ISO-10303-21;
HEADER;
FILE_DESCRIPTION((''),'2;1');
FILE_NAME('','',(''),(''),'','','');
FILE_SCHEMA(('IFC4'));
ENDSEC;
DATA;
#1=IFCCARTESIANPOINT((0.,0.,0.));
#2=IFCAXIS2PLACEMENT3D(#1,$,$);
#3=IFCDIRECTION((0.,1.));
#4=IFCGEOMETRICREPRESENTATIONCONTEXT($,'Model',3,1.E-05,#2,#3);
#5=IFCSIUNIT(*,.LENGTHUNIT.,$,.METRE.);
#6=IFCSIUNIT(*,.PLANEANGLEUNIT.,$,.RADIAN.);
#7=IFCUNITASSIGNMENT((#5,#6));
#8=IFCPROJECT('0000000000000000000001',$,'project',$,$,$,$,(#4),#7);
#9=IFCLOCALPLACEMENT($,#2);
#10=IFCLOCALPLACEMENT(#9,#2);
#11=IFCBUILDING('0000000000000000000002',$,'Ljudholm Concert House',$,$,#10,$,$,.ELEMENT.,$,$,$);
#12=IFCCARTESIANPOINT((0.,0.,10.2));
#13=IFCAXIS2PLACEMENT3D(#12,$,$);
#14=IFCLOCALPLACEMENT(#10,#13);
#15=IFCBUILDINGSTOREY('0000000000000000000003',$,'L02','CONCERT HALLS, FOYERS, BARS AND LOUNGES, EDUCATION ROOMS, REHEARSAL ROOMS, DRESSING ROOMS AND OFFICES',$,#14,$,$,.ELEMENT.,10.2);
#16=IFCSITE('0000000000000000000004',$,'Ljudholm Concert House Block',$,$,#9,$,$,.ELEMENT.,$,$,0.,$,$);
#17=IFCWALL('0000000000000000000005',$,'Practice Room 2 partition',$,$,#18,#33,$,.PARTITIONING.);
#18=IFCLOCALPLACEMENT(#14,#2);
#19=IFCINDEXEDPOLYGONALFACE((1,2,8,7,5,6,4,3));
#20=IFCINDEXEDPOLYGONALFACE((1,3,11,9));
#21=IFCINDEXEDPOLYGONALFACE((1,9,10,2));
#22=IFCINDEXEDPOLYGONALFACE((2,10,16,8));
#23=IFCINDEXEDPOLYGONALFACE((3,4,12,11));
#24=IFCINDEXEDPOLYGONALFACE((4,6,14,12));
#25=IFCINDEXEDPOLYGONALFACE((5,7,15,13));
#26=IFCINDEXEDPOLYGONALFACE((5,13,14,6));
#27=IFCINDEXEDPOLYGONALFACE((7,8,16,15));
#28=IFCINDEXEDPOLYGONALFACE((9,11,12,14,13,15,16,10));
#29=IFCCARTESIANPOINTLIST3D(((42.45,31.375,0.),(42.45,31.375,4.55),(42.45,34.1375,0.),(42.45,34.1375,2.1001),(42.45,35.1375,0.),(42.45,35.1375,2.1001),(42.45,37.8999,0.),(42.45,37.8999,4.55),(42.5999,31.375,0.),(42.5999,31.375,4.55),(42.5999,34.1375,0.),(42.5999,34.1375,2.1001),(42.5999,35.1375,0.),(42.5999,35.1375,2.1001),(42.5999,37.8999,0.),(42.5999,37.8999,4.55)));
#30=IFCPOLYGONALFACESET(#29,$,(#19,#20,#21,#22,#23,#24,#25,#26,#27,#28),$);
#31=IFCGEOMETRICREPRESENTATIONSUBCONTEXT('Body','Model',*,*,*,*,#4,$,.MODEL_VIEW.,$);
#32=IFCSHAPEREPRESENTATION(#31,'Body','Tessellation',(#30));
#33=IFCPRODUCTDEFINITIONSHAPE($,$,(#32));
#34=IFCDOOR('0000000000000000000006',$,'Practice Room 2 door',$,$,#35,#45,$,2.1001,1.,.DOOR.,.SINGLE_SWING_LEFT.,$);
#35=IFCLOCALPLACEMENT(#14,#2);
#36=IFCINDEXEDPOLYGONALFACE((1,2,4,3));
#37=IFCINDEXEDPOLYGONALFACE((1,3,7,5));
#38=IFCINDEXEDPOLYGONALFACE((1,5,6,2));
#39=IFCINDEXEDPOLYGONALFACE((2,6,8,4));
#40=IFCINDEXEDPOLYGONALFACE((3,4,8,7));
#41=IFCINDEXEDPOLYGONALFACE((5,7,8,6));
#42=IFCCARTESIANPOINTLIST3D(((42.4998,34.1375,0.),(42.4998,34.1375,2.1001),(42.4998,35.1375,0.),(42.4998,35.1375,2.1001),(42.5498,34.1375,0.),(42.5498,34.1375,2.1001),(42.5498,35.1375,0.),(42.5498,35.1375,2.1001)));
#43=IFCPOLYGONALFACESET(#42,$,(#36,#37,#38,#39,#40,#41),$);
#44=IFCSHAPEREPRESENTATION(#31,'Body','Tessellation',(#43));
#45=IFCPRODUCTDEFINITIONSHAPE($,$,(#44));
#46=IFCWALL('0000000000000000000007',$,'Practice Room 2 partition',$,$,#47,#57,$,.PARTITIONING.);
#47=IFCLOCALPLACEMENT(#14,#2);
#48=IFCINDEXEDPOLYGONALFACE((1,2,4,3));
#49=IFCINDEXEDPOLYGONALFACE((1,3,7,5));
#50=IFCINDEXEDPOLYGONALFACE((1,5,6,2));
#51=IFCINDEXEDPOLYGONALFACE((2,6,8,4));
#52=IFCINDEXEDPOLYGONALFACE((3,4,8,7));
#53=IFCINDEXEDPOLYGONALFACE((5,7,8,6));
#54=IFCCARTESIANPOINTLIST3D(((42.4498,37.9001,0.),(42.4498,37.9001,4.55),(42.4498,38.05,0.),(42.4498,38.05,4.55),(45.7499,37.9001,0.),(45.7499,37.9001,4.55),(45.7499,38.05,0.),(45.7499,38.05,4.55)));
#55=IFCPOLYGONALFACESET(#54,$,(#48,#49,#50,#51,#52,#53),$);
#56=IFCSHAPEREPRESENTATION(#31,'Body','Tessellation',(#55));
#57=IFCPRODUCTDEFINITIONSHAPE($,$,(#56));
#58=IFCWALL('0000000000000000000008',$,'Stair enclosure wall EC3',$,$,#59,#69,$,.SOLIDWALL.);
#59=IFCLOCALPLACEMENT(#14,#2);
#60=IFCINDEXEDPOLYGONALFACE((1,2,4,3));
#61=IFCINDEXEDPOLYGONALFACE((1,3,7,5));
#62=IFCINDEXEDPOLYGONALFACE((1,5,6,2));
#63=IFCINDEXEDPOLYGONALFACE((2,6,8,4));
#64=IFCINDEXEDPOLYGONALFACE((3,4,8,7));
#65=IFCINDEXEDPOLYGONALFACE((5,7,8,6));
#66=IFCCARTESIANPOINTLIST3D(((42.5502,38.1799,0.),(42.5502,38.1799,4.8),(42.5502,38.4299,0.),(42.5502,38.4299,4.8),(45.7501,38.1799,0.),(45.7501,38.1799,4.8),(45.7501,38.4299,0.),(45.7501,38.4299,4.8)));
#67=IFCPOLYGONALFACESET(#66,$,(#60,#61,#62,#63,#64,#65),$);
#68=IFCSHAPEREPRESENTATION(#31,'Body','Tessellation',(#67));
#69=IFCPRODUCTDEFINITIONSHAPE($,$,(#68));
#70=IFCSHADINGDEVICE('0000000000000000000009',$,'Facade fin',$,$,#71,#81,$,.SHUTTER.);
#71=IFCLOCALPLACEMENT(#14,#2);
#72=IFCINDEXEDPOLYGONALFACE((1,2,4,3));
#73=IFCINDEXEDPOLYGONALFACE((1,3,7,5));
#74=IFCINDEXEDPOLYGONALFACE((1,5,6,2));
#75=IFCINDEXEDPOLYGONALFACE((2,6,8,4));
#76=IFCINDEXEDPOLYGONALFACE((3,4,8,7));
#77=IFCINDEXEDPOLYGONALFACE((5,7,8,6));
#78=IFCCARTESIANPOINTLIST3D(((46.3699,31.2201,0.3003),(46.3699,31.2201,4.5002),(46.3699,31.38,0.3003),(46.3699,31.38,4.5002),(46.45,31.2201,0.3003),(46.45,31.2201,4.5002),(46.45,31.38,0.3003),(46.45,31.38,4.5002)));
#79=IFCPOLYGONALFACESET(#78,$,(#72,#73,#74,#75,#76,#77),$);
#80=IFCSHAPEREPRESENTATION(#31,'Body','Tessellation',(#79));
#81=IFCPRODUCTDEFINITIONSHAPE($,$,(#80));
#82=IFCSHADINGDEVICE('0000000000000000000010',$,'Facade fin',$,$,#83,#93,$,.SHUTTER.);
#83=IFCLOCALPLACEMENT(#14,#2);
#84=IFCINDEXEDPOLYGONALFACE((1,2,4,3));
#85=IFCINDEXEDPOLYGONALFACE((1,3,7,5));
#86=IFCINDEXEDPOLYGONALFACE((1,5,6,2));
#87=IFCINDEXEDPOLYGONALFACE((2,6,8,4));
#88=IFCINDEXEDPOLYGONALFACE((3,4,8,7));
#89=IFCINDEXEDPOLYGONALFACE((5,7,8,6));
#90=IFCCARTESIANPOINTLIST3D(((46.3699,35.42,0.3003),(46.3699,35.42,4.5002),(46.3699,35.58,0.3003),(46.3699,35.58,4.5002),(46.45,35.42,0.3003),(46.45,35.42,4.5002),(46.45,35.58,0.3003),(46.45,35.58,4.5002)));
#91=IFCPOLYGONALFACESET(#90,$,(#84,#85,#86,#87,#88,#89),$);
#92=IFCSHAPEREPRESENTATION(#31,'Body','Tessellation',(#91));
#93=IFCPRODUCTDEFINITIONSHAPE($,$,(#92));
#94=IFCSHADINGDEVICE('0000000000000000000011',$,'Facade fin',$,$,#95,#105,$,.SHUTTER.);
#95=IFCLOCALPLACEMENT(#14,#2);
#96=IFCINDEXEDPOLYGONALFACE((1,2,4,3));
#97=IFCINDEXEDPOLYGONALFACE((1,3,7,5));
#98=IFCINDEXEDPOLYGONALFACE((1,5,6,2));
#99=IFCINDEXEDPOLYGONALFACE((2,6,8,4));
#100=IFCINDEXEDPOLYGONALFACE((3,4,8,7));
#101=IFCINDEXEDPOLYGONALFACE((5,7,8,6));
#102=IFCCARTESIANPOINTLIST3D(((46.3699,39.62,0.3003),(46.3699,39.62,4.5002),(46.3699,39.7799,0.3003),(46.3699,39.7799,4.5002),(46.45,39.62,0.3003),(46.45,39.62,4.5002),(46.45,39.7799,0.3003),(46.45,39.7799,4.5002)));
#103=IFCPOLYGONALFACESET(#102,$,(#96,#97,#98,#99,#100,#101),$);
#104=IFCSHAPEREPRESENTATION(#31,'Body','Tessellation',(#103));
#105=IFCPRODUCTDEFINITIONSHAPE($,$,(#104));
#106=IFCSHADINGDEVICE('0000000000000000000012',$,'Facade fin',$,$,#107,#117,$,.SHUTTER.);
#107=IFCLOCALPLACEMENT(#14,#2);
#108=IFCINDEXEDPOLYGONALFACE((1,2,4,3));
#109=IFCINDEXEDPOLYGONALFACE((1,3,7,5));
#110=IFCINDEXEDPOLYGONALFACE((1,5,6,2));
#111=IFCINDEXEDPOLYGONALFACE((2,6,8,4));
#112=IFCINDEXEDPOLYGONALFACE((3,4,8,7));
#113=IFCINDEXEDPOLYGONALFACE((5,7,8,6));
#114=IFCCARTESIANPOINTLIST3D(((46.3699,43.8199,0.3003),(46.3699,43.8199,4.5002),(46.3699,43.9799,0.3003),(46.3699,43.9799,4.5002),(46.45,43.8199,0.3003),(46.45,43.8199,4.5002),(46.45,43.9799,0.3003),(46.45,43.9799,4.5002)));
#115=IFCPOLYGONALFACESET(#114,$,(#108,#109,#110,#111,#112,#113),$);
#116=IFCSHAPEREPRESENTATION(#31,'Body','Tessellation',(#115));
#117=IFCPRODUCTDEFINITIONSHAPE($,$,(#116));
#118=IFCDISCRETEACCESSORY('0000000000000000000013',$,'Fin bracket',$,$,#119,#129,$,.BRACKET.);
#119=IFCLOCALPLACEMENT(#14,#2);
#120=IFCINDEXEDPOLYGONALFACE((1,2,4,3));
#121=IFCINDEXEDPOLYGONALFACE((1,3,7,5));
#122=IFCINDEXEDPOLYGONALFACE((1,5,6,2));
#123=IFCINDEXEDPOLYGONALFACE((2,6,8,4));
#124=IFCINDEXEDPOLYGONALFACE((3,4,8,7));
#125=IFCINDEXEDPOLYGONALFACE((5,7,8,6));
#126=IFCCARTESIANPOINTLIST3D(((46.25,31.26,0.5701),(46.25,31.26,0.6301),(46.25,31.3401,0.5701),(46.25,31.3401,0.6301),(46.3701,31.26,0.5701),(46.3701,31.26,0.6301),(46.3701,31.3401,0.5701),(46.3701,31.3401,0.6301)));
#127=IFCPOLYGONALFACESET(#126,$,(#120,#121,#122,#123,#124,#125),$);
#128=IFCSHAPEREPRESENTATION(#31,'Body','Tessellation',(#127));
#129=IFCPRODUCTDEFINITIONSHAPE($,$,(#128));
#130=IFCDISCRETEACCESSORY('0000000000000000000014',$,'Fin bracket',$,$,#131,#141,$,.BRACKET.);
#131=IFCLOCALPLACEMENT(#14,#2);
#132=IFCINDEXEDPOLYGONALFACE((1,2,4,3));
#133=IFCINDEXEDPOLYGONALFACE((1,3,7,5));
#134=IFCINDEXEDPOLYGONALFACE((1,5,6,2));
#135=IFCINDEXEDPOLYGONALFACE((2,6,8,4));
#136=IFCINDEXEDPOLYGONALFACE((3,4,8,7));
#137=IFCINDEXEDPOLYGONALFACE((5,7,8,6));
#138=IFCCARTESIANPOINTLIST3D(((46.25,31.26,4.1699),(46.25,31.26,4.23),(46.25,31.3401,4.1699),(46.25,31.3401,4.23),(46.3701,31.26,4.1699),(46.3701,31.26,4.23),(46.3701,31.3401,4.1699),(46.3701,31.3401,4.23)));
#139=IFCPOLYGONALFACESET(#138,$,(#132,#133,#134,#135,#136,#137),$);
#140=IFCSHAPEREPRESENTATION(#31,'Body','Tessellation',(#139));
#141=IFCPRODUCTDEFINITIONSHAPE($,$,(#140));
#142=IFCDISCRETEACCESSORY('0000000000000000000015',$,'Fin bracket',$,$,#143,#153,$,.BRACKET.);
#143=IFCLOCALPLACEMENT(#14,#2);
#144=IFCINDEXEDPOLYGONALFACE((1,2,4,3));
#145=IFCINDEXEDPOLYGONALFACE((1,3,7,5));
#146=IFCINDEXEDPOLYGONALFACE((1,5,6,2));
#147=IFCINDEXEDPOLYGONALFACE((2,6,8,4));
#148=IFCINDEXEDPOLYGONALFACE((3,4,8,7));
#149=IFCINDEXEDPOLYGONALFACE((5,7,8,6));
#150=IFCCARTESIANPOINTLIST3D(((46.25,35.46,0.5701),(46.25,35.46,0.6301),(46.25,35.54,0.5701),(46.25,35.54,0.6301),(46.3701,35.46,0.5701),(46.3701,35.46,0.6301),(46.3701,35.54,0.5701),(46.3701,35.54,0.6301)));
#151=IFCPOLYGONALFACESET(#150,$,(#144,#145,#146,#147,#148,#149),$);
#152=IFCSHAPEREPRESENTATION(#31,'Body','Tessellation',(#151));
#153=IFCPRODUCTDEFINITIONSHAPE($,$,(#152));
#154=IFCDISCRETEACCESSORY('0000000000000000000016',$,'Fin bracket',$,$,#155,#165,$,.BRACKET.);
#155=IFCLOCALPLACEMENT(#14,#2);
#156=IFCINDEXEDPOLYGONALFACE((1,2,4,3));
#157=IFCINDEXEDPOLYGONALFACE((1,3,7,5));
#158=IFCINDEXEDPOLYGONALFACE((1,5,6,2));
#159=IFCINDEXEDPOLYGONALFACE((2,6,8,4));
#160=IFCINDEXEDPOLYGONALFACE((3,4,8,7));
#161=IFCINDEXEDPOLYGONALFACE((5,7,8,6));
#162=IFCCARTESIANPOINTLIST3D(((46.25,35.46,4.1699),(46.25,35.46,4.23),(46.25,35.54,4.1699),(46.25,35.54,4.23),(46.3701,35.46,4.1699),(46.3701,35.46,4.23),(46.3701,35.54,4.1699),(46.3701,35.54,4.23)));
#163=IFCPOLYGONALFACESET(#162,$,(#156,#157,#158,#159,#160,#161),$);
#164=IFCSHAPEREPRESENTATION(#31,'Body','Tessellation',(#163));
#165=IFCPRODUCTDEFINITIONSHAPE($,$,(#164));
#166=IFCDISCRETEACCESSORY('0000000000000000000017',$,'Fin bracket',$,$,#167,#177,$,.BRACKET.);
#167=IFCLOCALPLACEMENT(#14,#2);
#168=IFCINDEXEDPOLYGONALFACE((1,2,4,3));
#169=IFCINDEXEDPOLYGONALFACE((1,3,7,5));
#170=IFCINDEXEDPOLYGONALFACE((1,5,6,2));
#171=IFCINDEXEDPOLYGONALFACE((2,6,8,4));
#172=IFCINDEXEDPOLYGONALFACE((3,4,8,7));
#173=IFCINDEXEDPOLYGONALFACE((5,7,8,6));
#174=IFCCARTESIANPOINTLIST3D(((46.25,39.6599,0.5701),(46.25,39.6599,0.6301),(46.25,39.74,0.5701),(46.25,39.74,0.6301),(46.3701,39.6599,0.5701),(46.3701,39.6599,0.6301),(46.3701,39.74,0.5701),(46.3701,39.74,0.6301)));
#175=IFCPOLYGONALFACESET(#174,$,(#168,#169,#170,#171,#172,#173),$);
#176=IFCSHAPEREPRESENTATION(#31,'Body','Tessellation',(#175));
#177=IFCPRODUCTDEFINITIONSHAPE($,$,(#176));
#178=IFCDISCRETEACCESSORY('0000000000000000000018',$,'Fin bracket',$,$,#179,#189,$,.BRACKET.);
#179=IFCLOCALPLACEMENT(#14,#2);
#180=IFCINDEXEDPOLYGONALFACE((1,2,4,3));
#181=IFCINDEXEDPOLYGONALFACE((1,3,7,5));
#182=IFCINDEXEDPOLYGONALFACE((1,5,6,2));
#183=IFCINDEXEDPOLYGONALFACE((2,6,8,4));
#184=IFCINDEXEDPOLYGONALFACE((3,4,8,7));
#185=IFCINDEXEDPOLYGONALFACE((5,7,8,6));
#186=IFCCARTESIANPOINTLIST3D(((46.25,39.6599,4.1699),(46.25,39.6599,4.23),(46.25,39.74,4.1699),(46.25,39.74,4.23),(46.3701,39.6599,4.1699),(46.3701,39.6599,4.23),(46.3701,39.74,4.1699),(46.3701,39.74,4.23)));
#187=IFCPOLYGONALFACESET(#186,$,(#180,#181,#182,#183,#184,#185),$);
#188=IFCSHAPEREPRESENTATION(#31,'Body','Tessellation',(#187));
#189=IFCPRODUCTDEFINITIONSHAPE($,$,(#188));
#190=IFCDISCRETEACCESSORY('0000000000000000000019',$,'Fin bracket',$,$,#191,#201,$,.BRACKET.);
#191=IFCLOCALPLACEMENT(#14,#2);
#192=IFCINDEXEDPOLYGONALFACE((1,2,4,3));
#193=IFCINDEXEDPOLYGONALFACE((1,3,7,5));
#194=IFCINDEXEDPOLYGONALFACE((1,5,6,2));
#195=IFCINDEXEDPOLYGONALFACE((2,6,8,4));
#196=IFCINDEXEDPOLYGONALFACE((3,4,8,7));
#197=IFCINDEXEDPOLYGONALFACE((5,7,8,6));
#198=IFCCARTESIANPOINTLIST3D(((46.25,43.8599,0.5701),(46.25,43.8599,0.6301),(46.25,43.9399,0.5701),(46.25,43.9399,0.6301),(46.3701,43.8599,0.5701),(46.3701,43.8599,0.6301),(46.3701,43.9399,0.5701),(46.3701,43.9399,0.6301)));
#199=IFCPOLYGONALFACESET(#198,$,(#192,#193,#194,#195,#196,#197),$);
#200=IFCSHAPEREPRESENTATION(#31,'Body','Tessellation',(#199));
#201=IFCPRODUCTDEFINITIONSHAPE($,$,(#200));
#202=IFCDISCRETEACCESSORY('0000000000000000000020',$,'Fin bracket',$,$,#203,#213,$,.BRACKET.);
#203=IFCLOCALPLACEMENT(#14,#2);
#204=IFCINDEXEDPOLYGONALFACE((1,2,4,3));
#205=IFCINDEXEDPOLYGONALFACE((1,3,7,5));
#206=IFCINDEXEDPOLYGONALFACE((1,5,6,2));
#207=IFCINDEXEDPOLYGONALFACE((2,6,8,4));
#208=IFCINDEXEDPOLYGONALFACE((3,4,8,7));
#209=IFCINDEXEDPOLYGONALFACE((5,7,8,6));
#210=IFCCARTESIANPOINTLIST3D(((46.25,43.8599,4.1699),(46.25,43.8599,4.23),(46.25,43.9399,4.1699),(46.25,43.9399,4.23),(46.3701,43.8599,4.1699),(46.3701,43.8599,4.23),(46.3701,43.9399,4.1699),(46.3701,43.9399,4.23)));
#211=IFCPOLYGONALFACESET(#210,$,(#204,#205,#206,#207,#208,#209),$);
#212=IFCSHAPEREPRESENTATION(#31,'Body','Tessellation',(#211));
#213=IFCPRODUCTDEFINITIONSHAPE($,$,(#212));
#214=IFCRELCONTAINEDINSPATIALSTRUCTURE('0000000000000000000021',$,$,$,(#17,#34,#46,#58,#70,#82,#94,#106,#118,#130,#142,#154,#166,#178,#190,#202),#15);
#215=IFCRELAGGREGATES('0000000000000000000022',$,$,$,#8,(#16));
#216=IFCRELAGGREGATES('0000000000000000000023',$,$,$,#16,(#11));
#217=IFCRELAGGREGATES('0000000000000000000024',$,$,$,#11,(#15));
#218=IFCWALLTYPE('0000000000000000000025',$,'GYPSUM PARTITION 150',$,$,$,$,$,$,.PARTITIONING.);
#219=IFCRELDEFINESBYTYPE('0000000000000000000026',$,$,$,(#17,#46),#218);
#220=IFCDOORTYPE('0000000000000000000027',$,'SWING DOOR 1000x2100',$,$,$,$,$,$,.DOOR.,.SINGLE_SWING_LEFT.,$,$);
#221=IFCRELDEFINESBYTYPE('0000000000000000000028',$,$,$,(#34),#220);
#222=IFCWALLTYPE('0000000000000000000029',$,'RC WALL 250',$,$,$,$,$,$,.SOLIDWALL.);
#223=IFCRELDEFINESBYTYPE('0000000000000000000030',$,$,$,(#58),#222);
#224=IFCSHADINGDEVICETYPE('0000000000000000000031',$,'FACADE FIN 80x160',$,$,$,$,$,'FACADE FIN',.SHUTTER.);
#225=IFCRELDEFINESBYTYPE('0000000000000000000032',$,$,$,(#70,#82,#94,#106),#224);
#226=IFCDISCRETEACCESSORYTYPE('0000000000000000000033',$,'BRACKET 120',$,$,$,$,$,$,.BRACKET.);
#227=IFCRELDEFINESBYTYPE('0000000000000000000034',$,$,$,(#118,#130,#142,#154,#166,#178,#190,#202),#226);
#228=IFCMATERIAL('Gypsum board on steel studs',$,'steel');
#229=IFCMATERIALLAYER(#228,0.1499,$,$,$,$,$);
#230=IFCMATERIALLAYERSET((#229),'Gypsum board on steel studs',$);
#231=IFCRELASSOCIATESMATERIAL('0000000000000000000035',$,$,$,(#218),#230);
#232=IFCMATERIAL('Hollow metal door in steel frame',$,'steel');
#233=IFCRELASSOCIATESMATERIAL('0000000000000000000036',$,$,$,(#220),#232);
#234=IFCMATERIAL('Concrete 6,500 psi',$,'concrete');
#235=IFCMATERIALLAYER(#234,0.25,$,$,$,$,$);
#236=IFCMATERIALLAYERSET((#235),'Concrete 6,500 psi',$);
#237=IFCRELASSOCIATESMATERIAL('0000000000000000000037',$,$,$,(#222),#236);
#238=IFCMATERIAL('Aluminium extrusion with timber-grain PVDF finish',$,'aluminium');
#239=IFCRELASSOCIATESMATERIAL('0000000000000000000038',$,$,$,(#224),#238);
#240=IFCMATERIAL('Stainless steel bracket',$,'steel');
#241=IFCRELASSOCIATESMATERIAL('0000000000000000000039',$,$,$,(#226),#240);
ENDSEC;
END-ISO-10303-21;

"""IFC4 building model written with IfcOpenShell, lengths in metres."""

from ifc_helpers import new_model, si_unit, direction, frame, frame_2d, origin, origin_2d, place, context, subcontext, project, spatial, rectangle, extrude, material, layer, layer_set, type_object, element, fill, save


model = new_model("IFC4")

# Units and contexts
model_context = context("Model", 3, precision=1e-05, world=origin(), true_north=direction((0.0, 1.0)))
body_context = subcontext(model_context, "Body", "Model", "MODEL_VIEW")
ifc_project = project(units=[si_unit("LENGTHUNIT", "METRE"), si_unit("PLANEANGLEUNIT", "RADIAN")], contexts=[model_context])

# Site, building, storey
site_placement = place(None, origin())
site = spatial("IfcSite", under=ifc_project, at=site_placement, Name="Ljudholm Concert House Block", CompositionType="ELEMENT", RefElevation=0.0)
building_placement = place(site_placement, origin())
building = spatial("IfcBuilding", under=site, at=building_placement, Name="Ljudholm Concert House", CompositionType="ELEMENT")
storey_placement = place(building_placement, frame((0.0, 0.0, 10.2)))
storey = spatial("IfcBuildingStorey", under=building, at=storey_placement, Name="L02", Description="CONCERT HALLS, FOYERS, BARS AND LOUNGES, EDUCATION ROOMS, REHEARSAL ROOMS, DRESSING ROOMS AND OFFICES", CompositionType="ELEMENT", Elevation=10.2)

# Wall, opening, door
ifc_material_1 = material(Name="Gypsum board on steel studs", Category="steel")
ifc_layer_1 = layer(ifc_material_1, 0.1499)
ifc_layer_set_1 = layer_set([ifc_layer_1], Name="Gypsum board on steel studs")
wall_type_1 = type_object("IfcWallType", Name="GYPSUM PARTITION 150", PredefinedType="PARTITIONING", material=ifc_layer_set_1)
ifc_material_2 = material(Name="Hollow metal door in steel frame", Category="steel")
door_type = type_object("IfcDoorType", Name="SWING DOOR 1000x2100", OperationType="SINGLE_SWING_LEFT", PredefinedType="DOOR", material=ifc_material_2)
wall_1_placement = place(storey_placement, frame((42.5249, 31.375, 0.0), z_axis=(0.0, 0.0, 1.0), x_axis=(0.0, 1.0, 0.0)))
wall_1 = element("IfcWall", 1, at=wall_1_placement, inside=storey, type_object=wall_type_1, Name="Practice Room 2 partition", PredefinedType="PARTITIONING", context=body_context, shape_type="SweptSolid", body=[
    extrude(rectangle(XDim=6.5249, YDim=0.1499, at=frame_2d((3.2625, 0.0))), origin(), (0.0, 0.0, 1.0), 4.55),
])
opening_1_placement = place(wall_1_placement, frame((2.7625, 0.0, 0.0)))
opening_1 = element("IfcOpeningElement", 2, at=opening_1_placement, cuts=wall_1, PredefinedType="OPENING", context=body_context, shape_type="SweptSolid", body=[
    extrude(rectangle(XDim=1.0, YDim=2.1001, at=frame_2d((0.5, 1.05))), frame((0.0, 0.085, 0.0), z_axis=(0.0, -1.0, 0.0), x_axis=(1.0, 0.0, 0.0)), (0.0, 0.0, 1.0), 0.1699),
])
door_1_placement = place(opening_1_placement, frame((1.0, 0.0, 0.0), z_axis=(0.0, 0.0, 1.0), x_axis=(-1.0, 0.0, 0.0)))
door_1 = element("IfcDoor", 3, at=door_1_placement, inside=storey, type_object=door_type, Name="Practice Room 2 door", OperationType="SINGLE_SWING_LEFT", OverallHeight=2.1001, OverallWidth=1.0, PredefinedType="DOOR", context=body_context, shape_type="SweptSolid", body=[
    extrude(rectangle(XDim=1.0, YDim=2.1001, at=frame_2d((0.5, 1.05))), frame((0.0, 0.0249, 0.0), z_axis=(0.0, -1.0, 0.0), x_axis=(1.0, 0.0, 0.0)), (0.0, 0.0, 1.0), 0.05),
])
fill(opening_1, door_1)

# Walls
wall_2_placement = place(storey_placement, frame((42.45, 37.9751, 0.0), z_axis=(0.0, 0.0, 1.0), x_axis=(1.0, 0.0, 0.0)))
element("IfcWall", 4, at=wall_2_placement, inside=storey, type_object=wall_type_1, Name="Practice Room 2 partition", PredefinedType="PARTITIONING", context=body_context, shape_type="SweptSolid", body=[
    extrude(rectangle(XDim=3.3, YDim=0.1499, at=frame_2d((1.6499, 0.0))), origin(), (0.0, 0.0, 1.0), 4.55),
])
ifc_material_3 = material(Name="Concrete 6,500 psi", Category="concrete")
ifc_layer_2 = layer(ifc_material_3, 0.25)
ifc_layer_set_2 = layer_set([ifc_layer_2], Name="Concrete 6,500 psi")
wall_type_2 = type_object("IfcWallType", Name="RC WALL 250", PredefinedType="SOLIDWALL", material=ifc_layer_set_2)
wall_3_placement = place(storey_placement, frame((42.55, 38.3049, 0.0), z_axis=(0.0, 0.0, 1.0), x_axis=(1.0, 0.0, 0.0)))
element("IfcWall", 5, at=wall_3_placement, inside=storey, type_object=wall_type_2, Name="Stair enclosure wall EC3", PredefinedType="SOLIDWALL", context=body_context, shape_type="SweptSolid", body=[
    extrude(rectangle(XDim=3.2, YDim=0.25, at=frame_2d((1.6001, 0.0))), origin(), (0.0, 0.0, 1.0), 4.8),
])

# Shading devices
ifc_material_4 = material(Name="Aluminium extrusion with timber-grain PVDF finish", Category="aluminium")
shading_device_type = type_object("IfcShadingDeviceType", Name="FACADE FIN 80x160", ElementType="FACADE FIN", PredefinedType="SHUTTER", material=ifc_material_4)
for number, where, z_axis, x_axis, name in (
    (6, (46.4099, 31.3, 0.3003), (0.0, 0.0, 1.0), (1.0, 0.0, 0.0), "Facade fin"),
    (7, (46.4099, 35.5, 0.3003), (0.0, 0.0, 1.0), (1.0, 0.0, 0.0), "Facade fin"),
    (8, (46.4099, 39.7, 0.3003), (0.0, 0.0, 1.0), (1.0, 0.0, 0.0), "Facade fin"),
    (9, (46.4099, 43.8999, 0.3003), (0.0, 0.0, 1.0), (1.0, 0.0, 0.0), "Facade fin"),
):
    element("IfcShadingDevice", number, at=place(storey_placement, frame(where, z_axis=z_axis, x_axis=x_axis)), inside=storey, type_object=shading_device_type, Name=name, PredefinedType="SHUTTER", context=body_context, shape_type="SweptSolid", body=[
        extrude(rectangle(XDim=0.0801, YDim=0.1599, at=origin_2d()), origin(), (0.0, 0.0, 1.0), 4.2),
    ])

# Discrete accessories
ifc_material_5 = material(Name="Stainless steel bracket", Category="steel")
discrete_accessory_type = type_object("IfcDiscreteAccessoryType", Name="BRACKET 120", PredefinedType="BRACKET", material=ifc_material_5)
for number, where, z_axis, x_axis, name in (
    (10, (46.3101, 31.3, 0.5701), (0.0, 0.0, 1.0), (1.0, 0.0, 0.0), "Fin bracket"),
    (11, (46.3101, 31.3, 4.1699), (0.0, 0.0, 1.0), (1.0, 0.0, 0.0), "Fin bracket"),
    (12, (46.3101, 35.5, 0.5701), (0.0, 0.0, 1.0), (1.0, 0.0, 0.0), "Fin bracket"),
    (13, (46.3101, 35.5, 4.1699), (0.0, 0.0, 1.0), (1.0, 0.0, 0.0), "Fin bracket"),
    (14, (46.3101, 39.7, 0.5701), (0.0, 0.0, 1.0), (1.0, 0.0, 0.0), "Fin bracket"),
    (15, (46.3101, 39.7, 4.1699), (0.0, 0.0, 1.0), (1.0, 0.0, 0.0), "Fin bracket"),
    (16, (46.3101, 43.8999, 0.5701), (0.0, 0.0, 1.0), (1.0, 0.0, 0.0), "Fin bracket"),
    (17, (46.3101, 43.8999, 4.1699), (0.0, 0.0, 1.0), (1.0, 0.0, 0.0), "Fin bracket"),
):
    element("IfcDiscreteAccessory", number, at=place(storey_placement, frame(where, z_axis=z_axis, x_axis=x_axis)), inside=storey, type_object=discrete_accessory_type, Name=name, PredefinedType="BRACKET", context=body_context, shape_type="SweptSolid", body=[
        extrude(rectangle(XDim=0.1201, YDim=0.0801, at=origin_2d()), origin(), (0.0, 0.0, 1.0), 0.0601),
    ])

save(model, "model.ifc")
